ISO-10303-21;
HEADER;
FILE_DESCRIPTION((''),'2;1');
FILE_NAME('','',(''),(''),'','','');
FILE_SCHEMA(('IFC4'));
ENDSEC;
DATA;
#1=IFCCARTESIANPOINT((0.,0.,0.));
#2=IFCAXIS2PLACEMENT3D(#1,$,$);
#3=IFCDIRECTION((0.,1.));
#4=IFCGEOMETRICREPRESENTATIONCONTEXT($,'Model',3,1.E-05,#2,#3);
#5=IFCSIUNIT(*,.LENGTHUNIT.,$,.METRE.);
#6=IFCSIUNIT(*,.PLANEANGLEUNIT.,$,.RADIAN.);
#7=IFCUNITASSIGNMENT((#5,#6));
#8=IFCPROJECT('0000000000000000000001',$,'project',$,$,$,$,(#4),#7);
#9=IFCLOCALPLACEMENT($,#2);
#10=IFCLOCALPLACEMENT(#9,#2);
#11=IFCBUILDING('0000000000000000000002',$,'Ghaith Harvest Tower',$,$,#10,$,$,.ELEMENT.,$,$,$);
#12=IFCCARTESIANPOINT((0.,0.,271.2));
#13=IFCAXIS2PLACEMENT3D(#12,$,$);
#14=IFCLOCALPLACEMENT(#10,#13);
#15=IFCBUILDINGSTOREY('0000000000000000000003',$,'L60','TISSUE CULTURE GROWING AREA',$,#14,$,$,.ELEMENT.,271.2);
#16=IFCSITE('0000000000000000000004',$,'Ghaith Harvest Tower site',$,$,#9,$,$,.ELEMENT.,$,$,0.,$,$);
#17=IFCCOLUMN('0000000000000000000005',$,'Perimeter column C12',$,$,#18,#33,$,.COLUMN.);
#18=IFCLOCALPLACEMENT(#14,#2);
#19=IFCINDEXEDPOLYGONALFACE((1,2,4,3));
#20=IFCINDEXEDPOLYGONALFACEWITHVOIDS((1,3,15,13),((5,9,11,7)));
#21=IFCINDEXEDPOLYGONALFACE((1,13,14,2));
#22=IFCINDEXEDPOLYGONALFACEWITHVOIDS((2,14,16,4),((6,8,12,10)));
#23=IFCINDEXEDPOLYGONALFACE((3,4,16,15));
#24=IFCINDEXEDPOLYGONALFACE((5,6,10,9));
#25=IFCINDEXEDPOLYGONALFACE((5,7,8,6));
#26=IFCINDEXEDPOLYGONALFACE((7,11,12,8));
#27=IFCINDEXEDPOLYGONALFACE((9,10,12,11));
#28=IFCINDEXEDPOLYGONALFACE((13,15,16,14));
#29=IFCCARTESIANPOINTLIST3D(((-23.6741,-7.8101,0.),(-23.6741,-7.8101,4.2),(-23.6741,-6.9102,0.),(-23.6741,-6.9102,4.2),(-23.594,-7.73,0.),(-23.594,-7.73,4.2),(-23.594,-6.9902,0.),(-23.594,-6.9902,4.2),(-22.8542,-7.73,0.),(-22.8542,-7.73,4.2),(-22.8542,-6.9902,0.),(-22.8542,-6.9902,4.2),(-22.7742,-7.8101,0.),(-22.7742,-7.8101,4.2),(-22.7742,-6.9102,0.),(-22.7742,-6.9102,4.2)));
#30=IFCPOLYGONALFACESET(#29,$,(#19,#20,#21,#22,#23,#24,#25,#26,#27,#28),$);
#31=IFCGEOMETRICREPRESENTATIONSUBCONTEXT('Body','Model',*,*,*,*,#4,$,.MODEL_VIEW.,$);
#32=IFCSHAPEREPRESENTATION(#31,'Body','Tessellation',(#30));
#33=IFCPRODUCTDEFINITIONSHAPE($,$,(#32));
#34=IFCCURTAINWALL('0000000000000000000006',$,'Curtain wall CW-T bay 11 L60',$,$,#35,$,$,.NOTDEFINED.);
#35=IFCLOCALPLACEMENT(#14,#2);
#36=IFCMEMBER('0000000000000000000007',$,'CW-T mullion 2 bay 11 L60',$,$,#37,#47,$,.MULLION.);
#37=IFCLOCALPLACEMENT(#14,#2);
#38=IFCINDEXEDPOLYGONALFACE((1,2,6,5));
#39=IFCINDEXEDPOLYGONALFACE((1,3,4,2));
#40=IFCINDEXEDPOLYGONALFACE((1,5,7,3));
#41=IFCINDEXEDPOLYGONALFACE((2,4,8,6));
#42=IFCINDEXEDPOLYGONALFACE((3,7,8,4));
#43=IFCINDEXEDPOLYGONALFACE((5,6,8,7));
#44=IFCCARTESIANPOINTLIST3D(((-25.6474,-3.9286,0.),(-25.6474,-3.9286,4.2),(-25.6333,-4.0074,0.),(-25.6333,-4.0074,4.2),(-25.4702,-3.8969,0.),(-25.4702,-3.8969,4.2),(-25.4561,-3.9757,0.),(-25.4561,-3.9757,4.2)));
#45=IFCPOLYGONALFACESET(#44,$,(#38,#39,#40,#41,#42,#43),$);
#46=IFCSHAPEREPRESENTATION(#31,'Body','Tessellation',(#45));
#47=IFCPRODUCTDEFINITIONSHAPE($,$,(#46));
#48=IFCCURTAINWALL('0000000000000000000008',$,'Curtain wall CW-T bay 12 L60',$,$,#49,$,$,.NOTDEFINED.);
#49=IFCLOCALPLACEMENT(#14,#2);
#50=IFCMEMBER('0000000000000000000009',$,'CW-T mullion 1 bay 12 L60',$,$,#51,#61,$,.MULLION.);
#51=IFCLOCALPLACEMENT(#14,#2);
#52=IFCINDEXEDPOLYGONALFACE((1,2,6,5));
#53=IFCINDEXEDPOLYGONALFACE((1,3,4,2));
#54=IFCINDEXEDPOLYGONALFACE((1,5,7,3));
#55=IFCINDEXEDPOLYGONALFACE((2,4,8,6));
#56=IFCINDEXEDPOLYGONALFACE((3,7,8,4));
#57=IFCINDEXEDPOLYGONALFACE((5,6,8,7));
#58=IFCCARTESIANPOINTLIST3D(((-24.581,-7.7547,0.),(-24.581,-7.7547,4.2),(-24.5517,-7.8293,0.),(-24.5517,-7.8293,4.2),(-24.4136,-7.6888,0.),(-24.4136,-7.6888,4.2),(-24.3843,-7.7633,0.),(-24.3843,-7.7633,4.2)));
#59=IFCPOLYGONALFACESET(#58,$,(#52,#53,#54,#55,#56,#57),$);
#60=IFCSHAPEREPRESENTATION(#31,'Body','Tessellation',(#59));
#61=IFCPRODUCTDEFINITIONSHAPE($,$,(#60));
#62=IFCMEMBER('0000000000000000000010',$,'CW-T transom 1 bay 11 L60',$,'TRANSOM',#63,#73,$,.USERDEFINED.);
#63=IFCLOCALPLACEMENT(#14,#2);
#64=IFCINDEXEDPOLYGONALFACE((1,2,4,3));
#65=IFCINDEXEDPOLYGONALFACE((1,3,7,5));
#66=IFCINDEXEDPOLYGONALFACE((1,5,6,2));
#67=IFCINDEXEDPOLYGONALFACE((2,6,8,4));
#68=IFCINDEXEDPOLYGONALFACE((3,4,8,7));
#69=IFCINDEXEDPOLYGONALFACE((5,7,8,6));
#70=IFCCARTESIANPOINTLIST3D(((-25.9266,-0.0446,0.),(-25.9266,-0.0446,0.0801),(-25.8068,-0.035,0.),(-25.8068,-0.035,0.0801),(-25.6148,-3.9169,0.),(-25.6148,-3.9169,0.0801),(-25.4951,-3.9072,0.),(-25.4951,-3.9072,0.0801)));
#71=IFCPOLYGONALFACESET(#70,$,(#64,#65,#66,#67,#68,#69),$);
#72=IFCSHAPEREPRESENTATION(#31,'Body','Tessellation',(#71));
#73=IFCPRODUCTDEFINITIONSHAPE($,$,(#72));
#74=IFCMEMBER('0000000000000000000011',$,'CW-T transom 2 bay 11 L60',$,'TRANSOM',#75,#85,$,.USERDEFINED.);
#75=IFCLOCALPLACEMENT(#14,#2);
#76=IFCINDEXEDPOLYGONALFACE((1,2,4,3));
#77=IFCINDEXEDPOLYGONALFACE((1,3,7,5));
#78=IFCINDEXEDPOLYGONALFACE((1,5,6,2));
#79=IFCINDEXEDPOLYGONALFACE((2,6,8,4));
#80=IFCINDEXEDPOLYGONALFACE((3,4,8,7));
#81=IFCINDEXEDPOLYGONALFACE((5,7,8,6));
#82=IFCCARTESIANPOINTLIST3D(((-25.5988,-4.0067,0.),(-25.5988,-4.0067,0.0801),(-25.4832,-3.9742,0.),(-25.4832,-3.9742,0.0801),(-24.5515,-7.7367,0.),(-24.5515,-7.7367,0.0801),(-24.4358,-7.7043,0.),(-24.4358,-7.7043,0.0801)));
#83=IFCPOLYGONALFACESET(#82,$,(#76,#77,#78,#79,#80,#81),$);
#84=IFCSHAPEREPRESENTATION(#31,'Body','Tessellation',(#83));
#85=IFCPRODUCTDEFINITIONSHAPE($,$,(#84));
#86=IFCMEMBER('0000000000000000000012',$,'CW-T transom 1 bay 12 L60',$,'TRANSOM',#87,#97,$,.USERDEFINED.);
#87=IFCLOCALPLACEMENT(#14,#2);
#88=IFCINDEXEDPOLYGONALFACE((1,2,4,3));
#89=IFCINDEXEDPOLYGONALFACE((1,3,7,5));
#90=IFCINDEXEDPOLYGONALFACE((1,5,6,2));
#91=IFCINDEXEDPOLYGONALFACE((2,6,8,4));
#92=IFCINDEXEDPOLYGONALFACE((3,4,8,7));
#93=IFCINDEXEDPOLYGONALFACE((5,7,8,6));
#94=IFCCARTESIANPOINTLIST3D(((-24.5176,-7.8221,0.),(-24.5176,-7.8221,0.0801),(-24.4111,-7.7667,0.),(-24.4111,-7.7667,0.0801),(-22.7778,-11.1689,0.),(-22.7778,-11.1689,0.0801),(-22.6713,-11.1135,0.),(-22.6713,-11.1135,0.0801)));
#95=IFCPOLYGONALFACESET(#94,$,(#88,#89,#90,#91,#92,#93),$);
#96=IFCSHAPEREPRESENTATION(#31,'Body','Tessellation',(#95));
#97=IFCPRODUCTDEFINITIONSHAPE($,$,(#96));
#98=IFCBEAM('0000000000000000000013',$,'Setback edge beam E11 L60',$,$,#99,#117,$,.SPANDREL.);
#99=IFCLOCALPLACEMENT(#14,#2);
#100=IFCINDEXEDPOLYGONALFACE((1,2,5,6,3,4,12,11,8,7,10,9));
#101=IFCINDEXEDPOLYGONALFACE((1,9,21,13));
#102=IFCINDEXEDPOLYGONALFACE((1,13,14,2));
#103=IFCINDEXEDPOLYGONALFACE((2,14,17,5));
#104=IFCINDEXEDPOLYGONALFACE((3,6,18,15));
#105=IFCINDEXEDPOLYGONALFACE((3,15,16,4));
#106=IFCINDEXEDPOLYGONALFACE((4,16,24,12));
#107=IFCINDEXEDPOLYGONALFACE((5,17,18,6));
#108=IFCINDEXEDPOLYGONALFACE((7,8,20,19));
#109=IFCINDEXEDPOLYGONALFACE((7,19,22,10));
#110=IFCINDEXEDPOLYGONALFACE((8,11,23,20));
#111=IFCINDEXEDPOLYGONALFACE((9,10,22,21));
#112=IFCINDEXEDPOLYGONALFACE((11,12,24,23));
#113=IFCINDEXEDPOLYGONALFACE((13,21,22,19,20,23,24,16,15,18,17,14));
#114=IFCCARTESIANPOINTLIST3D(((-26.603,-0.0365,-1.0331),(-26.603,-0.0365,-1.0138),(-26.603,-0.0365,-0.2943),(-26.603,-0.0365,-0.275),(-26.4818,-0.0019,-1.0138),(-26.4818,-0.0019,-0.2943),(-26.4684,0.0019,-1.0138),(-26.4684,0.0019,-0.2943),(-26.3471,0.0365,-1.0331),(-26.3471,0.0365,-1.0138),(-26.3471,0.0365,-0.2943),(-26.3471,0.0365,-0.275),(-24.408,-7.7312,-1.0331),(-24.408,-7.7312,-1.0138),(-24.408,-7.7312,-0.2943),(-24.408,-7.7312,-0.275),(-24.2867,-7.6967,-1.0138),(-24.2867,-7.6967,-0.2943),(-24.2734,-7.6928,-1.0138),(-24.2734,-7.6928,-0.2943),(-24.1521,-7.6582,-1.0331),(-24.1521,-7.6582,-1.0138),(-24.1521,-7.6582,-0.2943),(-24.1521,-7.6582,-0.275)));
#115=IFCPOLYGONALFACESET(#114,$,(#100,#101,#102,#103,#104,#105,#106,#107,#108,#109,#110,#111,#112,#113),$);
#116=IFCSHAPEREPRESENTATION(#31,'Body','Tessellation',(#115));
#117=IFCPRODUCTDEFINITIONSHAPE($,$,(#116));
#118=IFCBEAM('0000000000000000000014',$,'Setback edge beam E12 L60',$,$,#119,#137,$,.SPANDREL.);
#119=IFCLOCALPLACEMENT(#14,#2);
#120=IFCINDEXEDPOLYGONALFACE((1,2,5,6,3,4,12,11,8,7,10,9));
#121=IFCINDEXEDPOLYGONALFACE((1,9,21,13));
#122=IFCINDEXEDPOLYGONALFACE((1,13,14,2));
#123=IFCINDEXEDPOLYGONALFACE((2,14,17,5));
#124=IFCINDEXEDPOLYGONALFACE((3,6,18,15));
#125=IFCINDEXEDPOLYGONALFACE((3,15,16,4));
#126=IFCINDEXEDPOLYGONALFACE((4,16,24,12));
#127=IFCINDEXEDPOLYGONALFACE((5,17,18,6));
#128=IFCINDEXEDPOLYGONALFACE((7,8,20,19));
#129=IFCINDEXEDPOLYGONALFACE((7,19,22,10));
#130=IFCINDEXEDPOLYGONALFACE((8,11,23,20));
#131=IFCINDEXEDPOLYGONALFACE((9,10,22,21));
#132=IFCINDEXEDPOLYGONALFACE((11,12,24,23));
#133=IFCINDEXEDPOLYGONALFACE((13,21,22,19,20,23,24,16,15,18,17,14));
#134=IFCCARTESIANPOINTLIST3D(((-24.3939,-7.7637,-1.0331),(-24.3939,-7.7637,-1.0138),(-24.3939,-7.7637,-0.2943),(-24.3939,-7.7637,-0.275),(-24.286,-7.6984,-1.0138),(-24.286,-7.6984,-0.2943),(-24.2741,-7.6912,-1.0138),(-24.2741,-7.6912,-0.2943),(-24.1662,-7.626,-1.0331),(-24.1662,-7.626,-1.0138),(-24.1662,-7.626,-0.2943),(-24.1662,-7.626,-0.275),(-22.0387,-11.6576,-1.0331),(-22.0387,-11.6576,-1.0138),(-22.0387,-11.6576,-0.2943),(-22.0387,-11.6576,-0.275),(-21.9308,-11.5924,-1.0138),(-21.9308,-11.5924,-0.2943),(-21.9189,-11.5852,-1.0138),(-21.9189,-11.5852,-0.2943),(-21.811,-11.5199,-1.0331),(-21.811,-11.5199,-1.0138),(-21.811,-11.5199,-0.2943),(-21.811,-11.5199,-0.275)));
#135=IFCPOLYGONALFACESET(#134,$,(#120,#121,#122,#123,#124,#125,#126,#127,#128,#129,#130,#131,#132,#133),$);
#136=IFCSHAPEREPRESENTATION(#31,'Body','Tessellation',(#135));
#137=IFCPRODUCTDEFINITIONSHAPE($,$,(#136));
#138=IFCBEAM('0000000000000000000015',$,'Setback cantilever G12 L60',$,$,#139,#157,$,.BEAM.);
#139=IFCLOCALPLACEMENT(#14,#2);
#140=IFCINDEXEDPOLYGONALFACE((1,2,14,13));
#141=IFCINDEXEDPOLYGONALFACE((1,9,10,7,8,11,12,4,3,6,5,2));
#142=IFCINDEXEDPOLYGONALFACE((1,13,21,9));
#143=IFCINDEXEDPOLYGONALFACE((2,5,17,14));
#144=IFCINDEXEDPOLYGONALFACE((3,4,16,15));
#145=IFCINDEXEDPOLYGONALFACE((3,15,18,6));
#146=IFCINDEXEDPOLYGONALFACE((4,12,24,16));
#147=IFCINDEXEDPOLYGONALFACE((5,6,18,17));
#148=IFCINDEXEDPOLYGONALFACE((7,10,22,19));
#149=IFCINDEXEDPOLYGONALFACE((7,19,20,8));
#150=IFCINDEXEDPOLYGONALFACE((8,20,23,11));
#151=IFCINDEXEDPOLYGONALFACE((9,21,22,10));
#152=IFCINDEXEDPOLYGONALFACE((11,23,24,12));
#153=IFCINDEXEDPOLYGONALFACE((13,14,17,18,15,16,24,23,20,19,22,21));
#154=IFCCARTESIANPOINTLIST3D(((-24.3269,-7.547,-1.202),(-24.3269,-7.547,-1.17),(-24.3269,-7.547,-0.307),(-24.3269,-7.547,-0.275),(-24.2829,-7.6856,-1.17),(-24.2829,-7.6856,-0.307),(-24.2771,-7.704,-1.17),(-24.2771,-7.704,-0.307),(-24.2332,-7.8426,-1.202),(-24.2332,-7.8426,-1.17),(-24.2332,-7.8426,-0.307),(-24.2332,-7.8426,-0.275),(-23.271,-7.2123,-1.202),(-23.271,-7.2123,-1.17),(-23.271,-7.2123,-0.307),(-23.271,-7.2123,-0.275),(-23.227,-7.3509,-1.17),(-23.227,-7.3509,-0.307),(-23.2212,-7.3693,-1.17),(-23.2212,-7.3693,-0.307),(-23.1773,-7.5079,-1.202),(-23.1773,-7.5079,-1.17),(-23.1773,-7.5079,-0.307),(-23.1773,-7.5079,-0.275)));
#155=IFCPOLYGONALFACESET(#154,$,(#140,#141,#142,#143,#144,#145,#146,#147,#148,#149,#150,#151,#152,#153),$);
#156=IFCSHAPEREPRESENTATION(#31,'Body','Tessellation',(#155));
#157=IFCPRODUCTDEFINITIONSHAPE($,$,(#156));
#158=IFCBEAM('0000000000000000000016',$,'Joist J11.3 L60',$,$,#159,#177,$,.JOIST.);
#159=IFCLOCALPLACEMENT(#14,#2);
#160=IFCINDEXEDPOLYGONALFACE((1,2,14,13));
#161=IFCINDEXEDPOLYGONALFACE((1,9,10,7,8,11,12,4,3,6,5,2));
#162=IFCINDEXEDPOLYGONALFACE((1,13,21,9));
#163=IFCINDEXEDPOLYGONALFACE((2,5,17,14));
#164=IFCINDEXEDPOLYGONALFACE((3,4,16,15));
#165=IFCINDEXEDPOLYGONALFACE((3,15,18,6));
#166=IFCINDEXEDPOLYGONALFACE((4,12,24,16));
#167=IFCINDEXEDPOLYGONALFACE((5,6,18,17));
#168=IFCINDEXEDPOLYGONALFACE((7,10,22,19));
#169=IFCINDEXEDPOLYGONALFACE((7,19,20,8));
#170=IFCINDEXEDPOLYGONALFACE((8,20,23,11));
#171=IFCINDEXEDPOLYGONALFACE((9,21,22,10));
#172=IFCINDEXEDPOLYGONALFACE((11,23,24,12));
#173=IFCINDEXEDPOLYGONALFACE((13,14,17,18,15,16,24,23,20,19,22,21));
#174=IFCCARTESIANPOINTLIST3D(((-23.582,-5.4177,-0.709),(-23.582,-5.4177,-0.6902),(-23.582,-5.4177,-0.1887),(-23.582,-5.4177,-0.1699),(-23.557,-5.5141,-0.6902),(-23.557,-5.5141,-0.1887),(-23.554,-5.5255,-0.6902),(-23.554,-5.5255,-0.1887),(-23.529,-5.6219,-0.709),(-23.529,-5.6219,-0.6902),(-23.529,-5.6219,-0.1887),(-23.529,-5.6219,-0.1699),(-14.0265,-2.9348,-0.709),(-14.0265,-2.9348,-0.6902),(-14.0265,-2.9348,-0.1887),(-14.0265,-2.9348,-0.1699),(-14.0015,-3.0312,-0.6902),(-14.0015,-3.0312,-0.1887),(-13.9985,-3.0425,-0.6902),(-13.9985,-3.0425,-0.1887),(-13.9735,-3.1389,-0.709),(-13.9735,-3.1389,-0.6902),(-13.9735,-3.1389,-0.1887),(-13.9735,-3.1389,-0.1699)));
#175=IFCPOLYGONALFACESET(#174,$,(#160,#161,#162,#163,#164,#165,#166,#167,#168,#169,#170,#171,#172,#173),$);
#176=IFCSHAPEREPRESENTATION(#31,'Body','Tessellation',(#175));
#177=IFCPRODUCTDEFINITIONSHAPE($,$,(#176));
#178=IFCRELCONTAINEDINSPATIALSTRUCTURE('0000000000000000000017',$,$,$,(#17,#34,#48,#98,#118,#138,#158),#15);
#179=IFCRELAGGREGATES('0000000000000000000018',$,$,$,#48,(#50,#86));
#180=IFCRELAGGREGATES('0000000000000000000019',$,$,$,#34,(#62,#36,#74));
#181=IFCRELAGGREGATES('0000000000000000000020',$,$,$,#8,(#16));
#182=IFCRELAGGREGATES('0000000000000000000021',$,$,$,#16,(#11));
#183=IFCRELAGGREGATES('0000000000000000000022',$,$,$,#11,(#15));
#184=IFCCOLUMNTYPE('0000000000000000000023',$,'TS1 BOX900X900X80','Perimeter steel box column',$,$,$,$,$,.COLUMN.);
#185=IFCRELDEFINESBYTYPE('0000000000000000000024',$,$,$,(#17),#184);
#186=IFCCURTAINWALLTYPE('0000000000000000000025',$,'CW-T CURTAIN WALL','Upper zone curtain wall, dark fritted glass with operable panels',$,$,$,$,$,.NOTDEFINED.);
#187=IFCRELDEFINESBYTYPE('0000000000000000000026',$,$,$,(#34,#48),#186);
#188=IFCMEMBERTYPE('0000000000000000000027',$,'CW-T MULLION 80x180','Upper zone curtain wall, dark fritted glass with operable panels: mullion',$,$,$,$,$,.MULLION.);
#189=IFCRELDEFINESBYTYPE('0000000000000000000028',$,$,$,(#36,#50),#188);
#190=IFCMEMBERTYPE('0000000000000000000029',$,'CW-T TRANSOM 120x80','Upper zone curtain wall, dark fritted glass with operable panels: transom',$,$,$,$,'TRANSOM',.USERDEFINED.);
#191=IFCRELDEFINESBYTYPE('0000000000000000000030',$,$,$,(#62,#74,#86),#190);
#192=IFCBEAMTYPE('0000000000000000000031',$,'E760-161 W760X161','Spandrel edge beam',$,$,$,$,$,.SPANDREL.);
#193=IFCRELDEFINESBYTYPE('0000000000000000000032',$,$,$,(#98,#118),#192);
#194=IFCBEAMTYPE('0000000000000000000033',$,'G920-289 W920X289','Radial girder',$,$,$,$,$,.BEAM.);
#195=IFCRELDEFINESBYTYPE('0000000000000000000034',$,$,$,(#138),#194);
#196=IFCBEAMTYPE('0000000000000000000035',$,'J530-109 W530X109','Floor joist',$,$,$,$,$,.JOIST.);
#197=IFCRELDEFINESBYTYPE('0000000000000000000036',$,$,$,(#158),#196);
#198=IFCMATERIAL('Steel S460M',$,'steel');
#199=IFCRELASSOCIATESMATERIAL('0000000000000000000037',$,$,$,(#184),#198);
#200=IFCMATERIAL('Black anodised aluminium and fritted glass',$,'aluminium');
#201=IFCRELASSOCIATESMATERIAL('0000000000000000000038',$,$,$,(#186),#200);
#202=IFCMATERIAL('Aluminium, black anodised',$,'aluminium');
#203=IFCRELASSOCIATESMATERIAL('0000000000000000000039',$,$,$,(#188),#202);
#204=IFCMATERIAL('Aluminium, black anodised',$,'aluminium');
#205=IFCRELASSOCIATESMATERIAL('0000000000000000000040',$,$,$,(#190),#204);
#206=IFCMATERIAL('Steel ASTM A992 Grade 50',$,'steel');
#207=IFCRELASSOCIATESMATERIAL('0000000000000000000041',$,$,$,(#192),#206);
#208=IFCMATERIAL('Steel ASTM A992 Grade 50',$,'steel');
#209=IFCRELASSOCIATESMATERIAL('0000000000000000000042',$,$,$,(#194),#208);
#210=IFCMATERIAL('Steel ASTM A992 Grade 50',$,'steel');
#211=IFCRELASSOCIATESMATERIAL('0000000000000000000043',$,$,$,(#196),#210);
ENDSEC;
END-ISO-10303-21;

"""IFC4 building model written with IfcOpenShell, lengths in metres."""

from ifc_helpers import new_model, si_unit, direction, frame, origin, origin_2d, place, context, subcontext, project, spatial, rectangle, hollow_rectangle, i_section, extrude, material, material_profile, profile_set, type_object, element, aggregate, save


model = new_model("IFC4")

# Units and contexts
model_context = context("Model", 3, precision=1e-05, world=origin(), true_north=direction((0.0, 1.0)))
body_context = subcontext(model_context, "Body", "Model", "MODEL_VIEW")
ifc_project = project(units=[si_unit("LENGTHUNIT", "METRE"), si_unit("PLANEANGLEUNIT", "RADIAN")], contexts=[model_context])

# Site, building, storey
site_placement = place(None, origin())
site = spatial("IfcSite", under=ifc_project, at=site_placement, Name="Ghaith Harvest Tower site", CompositionType="ELEMENT", RefElevation=0.0)
building_placement = place(site_placement, origin())
building = spatial("IfcBuilding", under=site, at=building_placement, Name="Ghaith Harvest Tower", CompositionType="ELEMENT")
storey_placement = place(building_placement, frame((0.0, 0.0, 271.2)))
storey = spatial("IfcBuildingStorey", under=building, at=storey_placement, Name="L60", Description="TISSUE CULTURE GROWING AREA", CompositionType="ELEMENT", Elevation=271.2)

# Column
ifc_material_1 = material(Name="Steel S460M", Category="steel")
ifc_material_profile_1 = material_profile(ifc_material_1, hollow_rectangle(XDim=0.8999, YDim=0.8999, WallThickness=0.0801, at=origin_2d()), Name="BOX900X900X80")
ifc_profile_set_1 = profile_set([ifc_material_profile_1], Name="Steel S460M")
column_type = type_object("IfcColumnType", Name="TS1 BOX900X900X80", Description="Perimeter steel box column", PredefinedType="COLUMN", material=ifc_profile_set_1)
column_placement = place(storey_placement, frame((-23.2241, -7.3601, 0.0), z_axis=(0.0, 0.0, 1.0), x_axis=(1.0, 0.0, 0.0)))
element("IfcColumn", 1, at=column_placement, inside=storey, type_object=column_type, Name="Perimeter column C12", PredefinedType="COLUMN", context=body_context, shape_type="SweptSolid", body=[
    extrude(hollow_rectangle(XDim=0.8999, YDim=0.8999, WallThickness=0.0801, at=origin_2d()), origin(), (0.0, 0.0, 1.0), 4.2),
])

# Curtain walls, members
ifc_material_2 = material(Name="Black anodised aluminium and fritted glass", Category="aluminium")
curtain_wall_type = type_object("IfcCurtainWallType", Name="CW-T CURTAIN WALL", Description="Upper zone curtain wall, dark fritted glass with operable panels", PredefinedType="NOTDEFINED", material=ifc_material_2)
curtain_wall_1_placement = place(storey_placement, origin())
curtain_wall_1 = element("IfcCurtainWall", 2, at=curtain_wall_1_placement, inside=storey, type_object=curtain_wall_type, Name="Curtain wall CW-T bay 11 L60", PredefinedType="NOTDEFINED")
ifc_material_3 = material(Name="Aluminium, black anodised", Category="aluminium")
ifc_material_profile_2 = material_profile(ifc_material_3, rectangle(XDim=0.0801, YDim=0.1799, at=origin_2d()), Name="CW-T MULLION 80x180")
ifc_profile_set_2 = profile_set([ifc_material_profile_2], Name="Aluminium, black anodised")
member_type_1 = type_object("IfcMemberType", Name="CW-T MULLION 80x180", Description="Upper zone curtain wall, dark fritted glass with operable panels: mullion", PredefinedType="MULLION", material=ifc_profile_set_2)
member_1_placement = place(storey_placement, frame((-25.5518, -3.9521, 0.0), z_axis=(0.0, 0.0, 1.0), x_axis=(0.176001, -0.98439, 0.0)))
member_1 = element("IfcMember", 3, at=member_1_placement, type_object=member_type_1, Name="CW-T mullion 2 bay 11 L60", PredefinedType="MULLION", context=body_context, shape_type="SweptSolid", body=[
    extrude(rectangle(XDim=0.0801, YDim=0.1799, at=origin_2d()), origin(), (0.0, 0.0, 1.0), 4.2),
])
curtain_wall_2_placement = place(storey_placement, origin())
curtain_wall_2 = element("IfcCurtainWall", 4, at=curtain_wall_2_placement, inside=storey, type_object=curtain_wall_type, Name="Curtain wall CW-T bay 12 L60", PredefinedType="NOTDEFINED")
member_2_placement = place(storey_placement, frame((-24.4827, -7.759, 0.0), z_axis=(0.0, 0.0, 1.0), x_axis=(0.366473, -0.930429, 0.0)))
member_2 = element("IfcMember", 5, at=member_2_placement, type_object=member_type_1, Name="CW-T mullion 1 bay 12 L60", PredefinedType="MULLION", context=body_context, shape_type="SweptSolid", body=[
    extrude(rectangle(XDim=0.0801, YDim=0.1799, at=origin_2d()), origin(), (0.0, 0.0, 1.0), 4.2),
])

# Members
ifc_material_4 = material(Name="Aluminium, black anodised", Category="aluminium")
ifc_material_profile_3 = material_profile(ifc_material_4, rectangle(XDim=0.1201, YDim=0.0801, at=origin_2d()), Name="CW-T TRANSOM 120x80")
ifc_profile_set_3 = profile_set([ifc_material_profile_3], Name="Aluminium, black anodised")
member_type_2 = type_object("IfcMemberType", Name="CW-T TRANSOM 120x80", Description="Upper zone curtain wall, dark fritted glass with operable panels: transom", ElementType="TRANSOM", PredefinedType="USERDEFINED", material=ifc_profile_set_3)
member_3_placement = place(storey_placement, frame((-25.8667, -0.0398, 0.04), z_axis=(0.080252, -0.996775, 0.0), x_axis=(0.996775, 0.080252, 0.0)))
member_3 = element("IfcMember", 6, at=member_3_placement, type_object=member_type_2, Name="CW-T transom 1 bay 11 L60", ObjectType="TRANSOM", PredefinedType="USERDEFINED", context=body_context, shape_type="SweptSolid", body=[
    extrude(rectangle(XDim=0.1201, YDim=0.0801, at=origin_2d()), origin(), (0.0, 0.0, 1.0), 3.8848),
])
member_4_placement = place(storey_placement, frame((-25.541, -3.9905, 0.04), z_axis=(0.27034, -0.962765, 0.0), x_axis=(0.962765, 0.27034, 0.0)))
member_4 = element("IfcMember", 7, at=member_4_placement, type_object=member_type_2, Name="CW-T transom 2 bay 11 L60", ObjectType="TRANSOM", PredefinedType="USERDEFINED", context=body_context, shape_type="SweptSolid", body=[
    extrude(rectangle(XDim=0.1201, YDim=0.0801, at=origin_2d()), origin(), (0.0, 0.0, 1.0), 3.8743),
])
member_5_placement = place(storey_placement, frame((-24.4644, -7.7944, 0.04), z_axis=(0.461243, -0.887274, 0.0), x_axis=(0.887274, 0.461243, 0.0)))
member_5 = element("IfcMember", 8, at=member_5_placement, type_object=member_type_2, Name="CW-T transom 1 bay 12 L60", ObjectType="TRANSOM", PredefinedType="USERDEFINED", context=body_context, shape_type="SweptSolid", body=[
    extrude(rectangle(XDim=0.1201, YDim=0.0801, at=origin_2d()), origin(), (0.0, 0.0, 1.0), 3.772),
])
aggregate(curtain_wall_2, [member_2, member_5])

# Beams
ifc_material_5 = material(Name="Steel ASTM A992 Grade 50", Category="steel")
ifc_material_profile_4 = material_profile(ifc_material_5, i_section(OverallWidth=0.2661, OverallDepth=0.7581, WebThickness=0.0139, FlangeThickness=0.0193, at=origin_2d()), Name="W760X161")
ifc_profile_set_4 = profile_set([ifc_material_profile_4], Name="Steel ASTM A992 Grade 50")
beam_type_1 = type_object("IfcBeamType", Name="E760-161 W760X161", Description="Spandrel edge beam", PredefinedType="SPANDREL", material=ifc_profile_set_4)
beam_1_placement = place(storey_placement, frame((-26.4751, 0.0, -0.6541), z_axis=(0.274322, -0.961638, 0.0), x_axis=(0.961638, 0.274322, 0.0)))
element("IfcBeam", 9, at=beam_1_placement, inside=storey, type_object=beam_type_1, Name="Setback edge beam E11 L60", PredefinedType="SPANDREL", context=body_context, shape_type="SweptSolid", body=[
    extrude(i_section(OverallWidth=0.2661, OverallDepth=0.7581, WebThickness=0.0139, FlangeThickness=0.0193, at=origin_2d()), origin(), (0.0, 0.0, 1.0), 8.0017),
])
beam_2_placement = place(storey_placement, frame((-24.28, -7.6948, -0.6541), z_axis=(0.51753, -0.855665, 0.0), x_axis=(0.855665, 0.51753, 0.0)))
element("IfcBeam", 10, at=beam_2_placement, inside=storey, type_object=beam_type_1, Name="Setback edge beam E12 L60", PredefinedType="SPANDREL", context=body_context, shape_type="SweptSolid", body=[
    extrude(i_section(OverallWidth=0.2661, OverallDepth=0.7581, WebThickness=0.0139, FlangeThickness=0.0193, at=origin_2d()), origin(), (0.0, 0.0, 1.0), 4.5508),
])
ifc_material_6 = material(Name="Steel ASTM A992 Grade 50", Category="steel")
ifc_material_profile_5 = material_profile(ifc_material_6, i_section(OverallWidth=0.3101, OverallDepth=0.927, WebThickness=0.0193, FlangeThickness=0.032, at=origin_2d()), Name="W920X289")
ifc_profile_set_5 = profile_set([ifc_material_profile_5], Name="Steel ASTM A992 Grade 50")
beam_type_2 = type_object("IfcBeamType", Name="G920-289 W920X289", Description="Radial girder", PredefinedType="BEAM", material=ifc_profile_set_5)
beam_3_placement = place(storey_placement, frame((-23.2241, -7.3601, -0.7385), z_axis=(-0.953252, -0.302175, 0.0), x_axis=(0.302175, -0.953252, 0.0)))
element("IfcBeam", 11, at=beam_3_placement, inside=storey, type_object=beam_type_2, Name="Setback cantilever G12 L60", PredefinedType="BEAM", context=body_context, shape_type="SweptSolid", body=[
    extrude(i_section(OverallWidth=0.3101, OverallDepth=0.927, WebThickness=0.0193, FlangeThickness=0.032, at=origin_2d()), origin(), (0.0, 0.0, 1.0), 1.1077),
])
ifc_material_7 = material(Name="Steel ASTM A992 Grade 50", Category="steel")
ifc_material_profile_6 = material_profile(ifc_material_7, i_section(OverallWidth=0.2109, OverallDepth=0.5391, WebThickness=0.0117, FlangeThickness=0.0188, at=origin_2d()), Name="W530X109")
ifc_profile_set_6 = profile_set([ifc_material_profile_6], Name="Steel ASTM A992 Grade 50")
beam_type_3 = type_object("IfcBeamType", Name="J530-109 W530X109", Description="Floor joist", PredefinedType="JOIST", material=ifc_profile_set_6)
beam_4_placement = place(storey_placement, frame((-14.0, -3.0369, -0.4395), z_axis=(-0.967859, -0.251492, 0.0), x_axis=(0.251492, -0.967859, 0.0)))
element("IfcBeam", 12, at=beam_4_placement, inside=storey, type_object=beam_type_3, Name="Joist J11.3 L60", PredefinedType="JOIST", context=body_context, shape_type="SweptSolid", body=[
    extrude(i_section(OverallWidth=0.2109, OverallDepth=0.5391, WebThickness=0.0117, FlangeThickness=0.0188, at=origin_2d()), origin(), (0.0, 0.0, 1.0), 9.8728),
])

aggregate(curtain_wall_1, [member_3, member_1, member_4])

save(model, "model.ifc")
